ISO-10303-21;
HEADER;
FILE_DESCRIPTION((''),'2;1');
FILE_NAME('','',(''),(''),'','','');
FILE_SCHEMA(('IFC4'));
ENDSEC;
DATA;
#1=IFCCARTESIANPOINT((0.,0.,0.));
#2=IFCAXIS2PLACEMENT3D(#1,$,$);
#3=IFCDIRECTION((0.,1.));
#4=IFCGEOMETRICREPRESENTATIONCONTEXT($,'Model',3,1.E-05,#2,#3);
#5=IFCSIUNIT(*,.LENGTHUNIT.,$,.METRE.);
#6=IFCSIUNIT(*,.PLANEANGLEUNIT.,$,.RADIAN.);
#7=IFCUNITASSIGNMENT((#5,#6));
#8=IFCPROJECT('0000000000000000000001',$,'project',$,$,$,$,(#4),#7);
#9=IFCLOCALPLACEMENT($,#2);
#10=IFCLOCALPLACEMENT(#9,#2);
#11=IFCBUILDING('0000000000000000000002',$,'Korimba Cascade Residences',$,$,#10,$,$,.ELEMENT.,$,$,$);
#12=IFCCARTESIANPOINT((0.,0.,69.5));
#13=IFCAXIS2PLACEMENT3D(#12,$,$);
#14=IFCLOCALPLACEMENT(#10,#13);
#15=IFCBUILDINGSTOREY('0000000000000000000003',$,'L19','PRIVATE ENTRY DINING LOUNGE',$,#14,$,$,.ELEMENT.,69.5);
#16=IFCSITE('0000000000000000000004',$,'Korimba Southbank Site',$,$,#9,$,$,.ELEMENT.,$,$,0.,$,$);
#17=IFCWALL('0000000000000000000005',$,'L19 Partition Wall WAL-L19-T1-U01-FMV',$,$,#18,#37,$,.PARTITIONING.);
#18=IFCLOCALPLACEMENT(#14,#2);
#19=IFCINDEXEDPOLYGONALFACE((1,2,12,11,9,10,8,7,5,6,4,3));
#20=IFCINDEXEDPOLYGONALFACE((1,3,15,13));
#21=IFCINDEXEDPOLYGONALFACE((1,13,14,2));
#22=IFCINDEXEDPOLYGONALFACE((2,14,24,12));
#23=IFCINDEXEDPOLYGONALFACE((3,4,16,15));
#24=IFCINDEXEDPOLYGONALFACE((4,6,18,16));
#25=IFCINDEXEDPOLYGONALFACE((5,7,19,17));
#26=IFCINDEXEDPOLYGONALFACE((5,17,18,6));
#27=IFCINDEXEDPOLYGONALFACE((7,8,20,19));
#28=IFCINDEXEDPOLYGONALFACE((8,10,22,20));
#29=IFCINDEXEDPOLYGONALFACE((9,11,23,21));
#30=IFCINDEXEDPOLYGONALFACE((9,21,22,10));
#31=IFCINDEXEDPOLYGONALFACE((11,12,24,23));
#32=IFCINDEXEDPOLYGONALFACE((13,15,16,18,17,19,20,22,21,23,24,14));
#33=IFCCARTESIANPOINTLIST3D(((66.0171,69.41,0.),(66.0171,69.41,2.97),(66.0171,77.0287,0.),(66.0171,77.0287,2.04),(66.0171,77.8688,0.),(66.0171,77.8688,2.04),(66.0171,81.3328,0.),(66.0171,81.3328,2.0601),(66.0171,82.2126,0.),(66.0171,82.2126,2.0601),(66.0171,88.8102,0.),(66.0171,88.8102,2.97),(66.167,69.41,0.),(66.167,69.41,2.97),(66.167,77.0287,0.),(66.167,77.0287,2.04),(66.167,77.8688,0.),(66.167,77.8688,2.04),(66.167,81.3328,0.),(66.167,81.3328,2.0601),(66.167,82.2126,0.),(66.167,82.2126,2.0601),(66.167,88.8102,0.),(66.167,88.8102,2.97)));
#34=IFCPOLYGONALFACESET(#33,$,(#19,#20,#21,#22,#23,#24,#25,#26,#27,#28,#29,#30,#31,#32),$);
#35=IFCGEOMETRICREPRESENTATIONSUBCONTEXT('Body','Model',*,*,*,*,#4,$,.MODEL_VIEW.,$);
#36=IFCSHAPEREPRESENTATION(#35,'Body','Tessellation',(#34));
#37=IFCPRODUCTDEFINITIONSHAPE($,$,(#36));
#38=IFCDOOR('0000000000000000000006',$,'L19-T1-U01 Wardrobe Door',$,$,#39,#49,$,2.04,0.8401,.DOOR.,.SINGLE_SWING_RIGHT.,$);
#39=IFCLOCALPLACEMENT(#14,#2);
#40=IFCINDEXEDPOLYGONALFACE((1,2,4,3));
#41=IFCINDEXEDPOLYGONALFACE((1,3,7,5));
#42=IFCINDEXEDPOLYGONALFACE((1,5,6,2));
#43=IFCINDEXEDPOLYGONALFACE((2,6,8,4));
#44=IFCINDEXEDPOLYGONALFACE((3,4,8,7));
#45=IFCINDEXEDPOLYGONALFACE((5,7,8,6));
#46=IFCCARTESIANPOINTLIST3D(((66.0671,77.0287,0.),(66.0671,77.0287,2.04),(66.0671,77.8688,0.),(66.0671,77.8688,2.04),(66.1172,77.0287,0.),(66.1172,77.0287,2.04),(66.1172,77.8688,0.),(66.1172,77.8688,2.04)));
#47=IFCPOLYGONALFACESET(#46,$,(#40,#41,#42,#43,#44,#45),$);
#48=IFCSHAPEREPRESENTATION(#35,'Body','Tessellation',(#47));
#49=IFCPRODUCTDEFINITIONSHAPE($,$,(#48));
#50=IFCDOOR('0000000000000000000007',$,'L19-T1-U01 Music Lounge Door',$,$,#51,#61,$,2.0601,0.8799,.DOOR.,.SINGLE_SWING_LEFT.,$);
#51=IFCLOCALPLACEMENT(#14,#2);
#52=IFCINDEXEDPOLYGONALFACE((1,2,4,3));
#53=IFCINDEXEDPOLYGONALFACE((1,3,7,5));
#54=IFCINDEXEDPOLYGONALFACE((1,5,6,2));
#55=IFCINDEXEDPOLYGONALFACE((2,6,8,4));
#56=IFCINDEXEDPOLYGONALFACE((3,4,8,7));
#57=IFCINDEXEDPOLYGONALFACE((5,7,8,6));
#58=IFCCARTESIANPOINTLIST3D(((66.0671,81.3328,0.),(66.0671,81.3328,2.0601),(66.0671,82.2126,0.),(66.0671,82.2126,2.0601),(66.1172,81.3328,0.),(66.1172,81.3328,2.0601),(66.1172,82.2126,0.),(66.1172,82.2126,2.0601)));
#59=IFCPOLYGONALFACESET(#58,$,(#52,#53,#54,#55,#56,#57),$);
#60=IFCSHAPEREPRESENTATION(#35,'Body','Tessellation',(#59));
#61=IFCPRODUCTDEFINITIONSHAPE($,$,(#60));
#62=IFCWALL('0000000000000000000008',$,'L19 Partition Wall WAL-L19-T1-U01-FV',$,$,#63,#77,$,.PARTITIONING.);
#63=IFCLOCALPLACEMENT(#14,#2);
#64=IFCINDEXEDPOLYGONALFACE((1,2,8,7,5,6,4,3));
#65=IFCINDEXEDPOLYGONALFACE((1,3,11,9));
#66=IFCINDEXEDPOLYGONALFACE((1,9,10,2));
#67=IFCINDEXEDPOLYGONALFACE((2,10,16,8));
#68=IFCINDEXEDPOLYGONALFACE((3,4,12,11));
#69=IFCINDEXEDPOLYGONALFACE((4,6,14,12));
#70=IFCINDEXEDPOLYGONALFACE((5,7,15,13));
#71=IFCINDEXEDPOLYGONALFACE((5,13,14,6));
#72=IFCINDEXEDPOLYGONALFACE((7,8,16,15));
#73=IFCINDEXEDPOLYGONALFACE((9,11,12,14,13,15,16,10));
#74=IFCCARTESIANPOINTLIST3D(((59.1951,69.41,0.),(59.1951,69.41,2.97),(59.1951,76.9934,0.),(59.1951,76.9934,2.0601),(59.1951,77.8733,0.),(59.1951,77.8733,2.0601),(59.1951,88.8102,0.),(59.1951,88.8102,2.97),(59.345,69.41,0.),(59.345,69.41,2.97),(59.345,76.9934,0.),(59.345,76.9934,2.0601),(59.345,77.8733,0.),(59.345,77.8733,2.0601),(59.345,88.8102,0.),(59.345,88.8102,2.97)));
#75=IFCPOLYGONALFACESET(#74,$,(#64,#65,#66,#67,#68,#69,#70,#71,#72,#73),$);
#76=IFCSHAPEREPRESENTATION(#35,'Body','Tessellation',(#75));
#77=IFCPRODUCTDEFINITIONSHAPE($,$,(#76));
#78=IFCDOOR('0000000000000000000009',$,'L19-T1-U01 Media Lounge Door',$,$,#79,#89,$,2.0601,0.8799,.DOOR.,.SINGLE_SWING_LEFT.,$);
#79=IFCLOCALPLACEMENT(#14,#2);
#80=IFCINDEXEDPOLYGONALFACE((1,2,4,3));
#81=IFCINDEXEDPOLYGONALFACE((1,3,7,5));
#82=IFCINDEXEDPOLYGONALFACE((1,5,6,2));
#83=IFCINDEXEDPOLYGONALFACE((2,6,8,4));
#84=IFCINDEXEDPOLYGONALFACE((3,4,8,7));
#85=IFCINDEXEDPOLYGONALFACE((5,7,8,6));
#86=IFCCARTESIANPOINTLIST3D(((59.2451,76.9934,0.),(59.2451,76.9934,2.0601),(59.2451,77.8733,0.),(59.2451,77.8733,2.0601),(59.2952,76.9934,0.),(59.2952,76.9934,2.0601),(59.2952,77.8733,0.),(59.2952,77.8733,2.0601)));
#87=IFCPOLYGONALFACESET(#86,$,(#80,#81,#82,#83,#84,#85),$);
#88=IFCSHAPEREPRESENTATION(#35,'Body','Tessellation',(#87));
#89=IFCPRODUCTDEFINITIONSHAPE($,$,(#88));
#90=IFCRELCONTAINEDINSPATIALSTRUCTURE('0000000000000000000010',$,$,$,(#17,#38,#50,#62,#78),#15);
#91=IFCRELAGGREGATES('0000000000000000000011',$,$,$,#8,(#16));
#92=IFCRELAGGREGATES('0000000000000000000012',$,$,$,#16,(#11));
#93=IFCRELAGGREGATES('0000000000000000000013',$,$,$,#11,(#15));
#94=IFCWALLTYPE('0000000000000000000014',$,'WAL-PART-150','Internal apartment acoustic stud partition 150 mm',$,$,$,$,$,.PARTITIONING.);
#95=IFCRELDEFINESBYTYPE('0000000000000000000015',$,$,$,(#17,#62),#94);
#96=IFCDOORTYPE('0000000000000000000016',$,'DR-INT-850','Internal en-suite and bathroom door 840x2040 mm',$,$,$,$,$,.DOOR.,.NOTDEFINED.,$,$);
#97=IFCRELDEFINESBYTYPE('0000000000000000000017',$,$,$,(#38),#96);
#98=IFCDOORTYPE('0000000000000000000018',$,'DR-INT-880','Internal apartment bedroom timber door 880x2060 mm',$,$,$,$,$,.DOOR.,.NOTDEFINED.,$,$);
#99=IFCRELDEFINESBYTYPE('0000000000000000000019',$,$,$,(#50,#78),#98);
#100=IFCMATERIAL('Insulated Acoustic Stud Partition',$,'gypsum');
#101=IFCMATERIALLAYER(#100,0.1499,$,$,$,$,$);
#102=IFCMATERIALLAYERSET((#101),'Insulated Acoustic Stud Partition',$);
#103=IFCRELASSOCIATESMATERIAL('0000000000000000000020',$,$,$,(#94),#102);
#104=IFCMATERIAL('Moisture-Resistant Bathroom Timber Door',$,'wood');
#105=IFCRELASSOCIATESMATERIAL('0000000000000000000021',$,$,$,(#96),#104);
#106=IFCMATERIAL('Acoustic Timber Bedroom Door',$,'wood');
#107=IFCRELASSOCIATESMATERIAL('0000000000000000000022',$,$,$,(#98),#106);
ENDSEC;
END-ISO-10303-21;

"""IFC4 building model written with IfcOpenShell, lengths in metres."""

from ifc_helpers import new_model, si_unit, direction, frame, frame_2d, origin, place, context, subcontext, project, spatial, rectangle, extrude, material, layer, layer_set, type_object, element, fill, save


model = new_model("IFC4")

# Units and contexts
model_context = context("Model", 3, precision=1e-05, world=origin(), true_north=direction((0.0, 1.0)))
body_context = subcontext(model_context, "Body", "Model", "MODEL_VIEW")
ifc_project = project(units=[si_unit("LENGTHUNIT", "METRE"), si_unit("PLANEANGLEUNIT", "RADIAN")], contexts=[model_context])

# Site, building, storey
site_placement = place(None, origin())
site = spatial("IfcSite", under=ifc_project, at=site_placement, Name="Korimba Southbank Site", CompositionType="ELEMENT", RefElevation=0.0)
building_placement = place(site_placement, origin())
building = spatial("IfcBuilding", under=site, at=building_placement, Name="Korimba Cascade Residences", CompositionType="ELEMENT")
storey_placement = place(building_placement, frame((0.0, 0.0, 69.5)))
storey = spatial("IfcBuildingStorey", under=building, at=storey_placement, Name="L19", Description="PRIVATE ENTRY DINING LOUNGE", CompositionType="ELEMENT", Elevation=69.5)

# Shared definitions
ifc_material_1 = material(Name="Insulated Acoustic Stud Partition", Category="gypsum")
ifc_layer_1 = layer(ifc_material_1, 0.1499)
ifc_layer_set_1 = layer_set([ifc_layer_1], Name="Insulated Acoustic Stud Partition")
wall_type_1 = type_object("IfcWallType", Name="WAL-PART-150", Description="Internal apartment acoustic stud partition 150 mm", PredefinedType="PARTITIONING", material=ifc_layer_set_1)
ifc_material_2 = material(Name="Moisture-Resistant Bathroom Timber Door", Category="wood")
door_type_1 = type_object("IfcDoorType", Name="DR-INT-850", Description="Internal en-suite and bathroom door 840x2040 mm", OperationType="NOTDEFINED", PredefinedType="DOOR", material=ifc_material_2)

# Wall, openings, doors
wall_1_placement = place(storey_placement, frame((66.092, 69.4099, 0.0), z_axis=(0.0, 0.0, 1.0), x_axis=(0.0, 1.0, 0.0)))
wall_1 = element("IfcWall", 1, at=wall_1_placement, inside=storey, type_object=wall_type_1, Name="L19 Partition Wall WAL-L19-T1-U01-FMV", PredefinedType="PARTITIONING", context=body_context, shape_type="SweptSolid", body=[
    extrude(rectangle(XDim=19.4001, YDim=0.1499, at=frame_2d((9.7002, 0.0))), origin(), (0.0, 0.0, 1.0), 2.97),
])
opening_1_placement = place(wall_1_placement, frame((7.6189, 0.0, 0.0)))
opening_1 = element("IfcOpeningElement", 2, at=opening_1_placement, cuts=wall_1, PredefinedType="OPENING", context=body_context, shape_type="SweptSolid", body=[
    extrude(rectangle(XDim=0.8401, YDim=2.04, at=frame_2d((0.4199, 1.02))), frame((0.0, 0.085, 0.0), z_axis=(0.0, -1.0, 0.0), x_axis=(1.0, 0.0, 0.0)), (0.0, 0.0, 1.0), 0.1699),
])
opening_2_placement = place(wall_1_placement, frame((11.9229, 0.0, 0.0)))
opening_2 = element("IfcOpeningElement", 3, at=opening_2_placement, cuts=wall_1, PredefinedType="OPENING", context=body_context, shape_type="SweptSolid", body=[
    extrude(rectangle(XDim=0.8799, YDim=2.0601, at=frame_2d((0.4399, 1.03))), frame((0.0, 0.085, 0.0), z_axis=(0.0, -1.0, 0.0), x_axis=(1.0, 0.0, 0.0)), (0.0, 0.0, 1.0), 0.1699),
])
door_1_placement = place(opening_1_placement, origin())
door_1 = element("IfcDoor", 4, at=door_1_placement, inside=storey, type_object=door_type_1, Name="L19-T1-U01 Wardrobe Door", OperationType="SINGLE_SWING_RIGHT", OverallHeight=2.04, OverallWidth=0.8401, PredefinedType="DOOR", context=body_context, shape_type="SweptSolid", body=[
    extrude(rectangle(XDim=0.8401, YDim=2.04, at=frame_2d((0.4199, 1.02))), frame((0.0, 0.0249, 0.0), z_axis=(0.0, -1.0, 0.0), x_axis=(1.0, 0.0, 0.0)), (0.0, 0.0, 1.0), 0.05),
])
fill(opening_1, door_1)
ifc_material_3 = material(Name="Acoustic Timber Bedroom Door", Category="wood")
door_type_2 = type_object("IfcDoorType", Name="DR-INT-880", Description="Internal apartment bedroom timber door 880x2060 mm", OperationType="NOTDEFINED", PredefinedType="DOOR", material=ifc_material_3)
door_2_placement = place(opening_2_placement, origin())
door_2 = element("IfcDoor", 5, at=door_2_placement, inside=storey, type_object=door_type_2, Name="L19-T1-U01 Music Lounge Door", OperationType="SINGLE_SWING_LEFT", OverallHeight=2.0601, OverallWidth=0.8799, PredefinedType="DOOR", context=body_context, shape_type="SweptSolid", body=[
    extrude(rectangle(XDim=0.8799, YDim=2.0601, at=frame_2d((0.4399, 1.03))), frame((0.0, 0.0249, 0.0), z_axis=(0.0, -1.0, 0.0), x_axis=(1.0, 0.0, 0.0)), (0.0, 0.0, 1.0), 0.05),
])
fill(opening_2, door_2)

# Wall, opening, door
wall_2_placement = place(storey_placement, frame((59.27, 69.4099, 0.0), z_axis=(0.0, 0.0, 1.0), x_axis=(0.0, 1.0, 0.0)))
wall_2 = element("IfcWall", 6, at=wall_2_placement, inside=storey, type_object=wall_type_1, Name="L19 Partition Wall WAL-L19-T1-U01-FV", PredefinedType="PARTITIONING", context=body_context, shape_type="SweptSolid", body=[
    extrude(rectangle(XDim=19.4001, YDim=0.1499, at=frame_2d((9.7002, 0.0))), origin(), (0.0, 0.0, 1.0), 2.97),
])
opening_3_placement = place(wall_2_placement, frame((7.5835, 0.0, 0.0)))
opening_3 = element("IfcOpeningElement", 7, at=opening_3_placement, cuts=wall_2, PredefinedType="OPENING", context=body_context, shape_type="SweptSolid", body=[
    extrude(rectangle(XDim=0.8799, YDim=2.0601, at=frame_2d((0.4399, 1.03))), frame((0.0, 0.085, 0.0), z_axis=(0.0, -1.0, 0.0), x_axis=(1.0, 0.0, 0.0)), (0.0, 0.0, 1.0), 0.1699),
])
door_3_placement = place(opening_3_placement, origin())
door_3 = element("IfcDoor", 8, at=door_3_placement, inside=storey, type_object=door_type_2, Name="L19-T1-U01 Media Lounge Door", OperationType="SINGLE_SWING_LEFT", OverallHeight=2.0601, OverallWidth=0.8799, PredefinedType="DOOR", context=body_context, shape_type="SweptSolid", body=[
    extrude(rectangle(XDim=0.8799, YDim=2.0601, at=frame_2d((0.4399, 1.03))), frame((0.0, 0.0249, 0.0), z_axis=(0.0, -1.0, 0.0), x_axis=(1.0, 0.0, 0.0)), (0.0, 0.0, 1.0), 0.05),
])
fill(opening_3, door_3)

save(model, "model.ifc")
